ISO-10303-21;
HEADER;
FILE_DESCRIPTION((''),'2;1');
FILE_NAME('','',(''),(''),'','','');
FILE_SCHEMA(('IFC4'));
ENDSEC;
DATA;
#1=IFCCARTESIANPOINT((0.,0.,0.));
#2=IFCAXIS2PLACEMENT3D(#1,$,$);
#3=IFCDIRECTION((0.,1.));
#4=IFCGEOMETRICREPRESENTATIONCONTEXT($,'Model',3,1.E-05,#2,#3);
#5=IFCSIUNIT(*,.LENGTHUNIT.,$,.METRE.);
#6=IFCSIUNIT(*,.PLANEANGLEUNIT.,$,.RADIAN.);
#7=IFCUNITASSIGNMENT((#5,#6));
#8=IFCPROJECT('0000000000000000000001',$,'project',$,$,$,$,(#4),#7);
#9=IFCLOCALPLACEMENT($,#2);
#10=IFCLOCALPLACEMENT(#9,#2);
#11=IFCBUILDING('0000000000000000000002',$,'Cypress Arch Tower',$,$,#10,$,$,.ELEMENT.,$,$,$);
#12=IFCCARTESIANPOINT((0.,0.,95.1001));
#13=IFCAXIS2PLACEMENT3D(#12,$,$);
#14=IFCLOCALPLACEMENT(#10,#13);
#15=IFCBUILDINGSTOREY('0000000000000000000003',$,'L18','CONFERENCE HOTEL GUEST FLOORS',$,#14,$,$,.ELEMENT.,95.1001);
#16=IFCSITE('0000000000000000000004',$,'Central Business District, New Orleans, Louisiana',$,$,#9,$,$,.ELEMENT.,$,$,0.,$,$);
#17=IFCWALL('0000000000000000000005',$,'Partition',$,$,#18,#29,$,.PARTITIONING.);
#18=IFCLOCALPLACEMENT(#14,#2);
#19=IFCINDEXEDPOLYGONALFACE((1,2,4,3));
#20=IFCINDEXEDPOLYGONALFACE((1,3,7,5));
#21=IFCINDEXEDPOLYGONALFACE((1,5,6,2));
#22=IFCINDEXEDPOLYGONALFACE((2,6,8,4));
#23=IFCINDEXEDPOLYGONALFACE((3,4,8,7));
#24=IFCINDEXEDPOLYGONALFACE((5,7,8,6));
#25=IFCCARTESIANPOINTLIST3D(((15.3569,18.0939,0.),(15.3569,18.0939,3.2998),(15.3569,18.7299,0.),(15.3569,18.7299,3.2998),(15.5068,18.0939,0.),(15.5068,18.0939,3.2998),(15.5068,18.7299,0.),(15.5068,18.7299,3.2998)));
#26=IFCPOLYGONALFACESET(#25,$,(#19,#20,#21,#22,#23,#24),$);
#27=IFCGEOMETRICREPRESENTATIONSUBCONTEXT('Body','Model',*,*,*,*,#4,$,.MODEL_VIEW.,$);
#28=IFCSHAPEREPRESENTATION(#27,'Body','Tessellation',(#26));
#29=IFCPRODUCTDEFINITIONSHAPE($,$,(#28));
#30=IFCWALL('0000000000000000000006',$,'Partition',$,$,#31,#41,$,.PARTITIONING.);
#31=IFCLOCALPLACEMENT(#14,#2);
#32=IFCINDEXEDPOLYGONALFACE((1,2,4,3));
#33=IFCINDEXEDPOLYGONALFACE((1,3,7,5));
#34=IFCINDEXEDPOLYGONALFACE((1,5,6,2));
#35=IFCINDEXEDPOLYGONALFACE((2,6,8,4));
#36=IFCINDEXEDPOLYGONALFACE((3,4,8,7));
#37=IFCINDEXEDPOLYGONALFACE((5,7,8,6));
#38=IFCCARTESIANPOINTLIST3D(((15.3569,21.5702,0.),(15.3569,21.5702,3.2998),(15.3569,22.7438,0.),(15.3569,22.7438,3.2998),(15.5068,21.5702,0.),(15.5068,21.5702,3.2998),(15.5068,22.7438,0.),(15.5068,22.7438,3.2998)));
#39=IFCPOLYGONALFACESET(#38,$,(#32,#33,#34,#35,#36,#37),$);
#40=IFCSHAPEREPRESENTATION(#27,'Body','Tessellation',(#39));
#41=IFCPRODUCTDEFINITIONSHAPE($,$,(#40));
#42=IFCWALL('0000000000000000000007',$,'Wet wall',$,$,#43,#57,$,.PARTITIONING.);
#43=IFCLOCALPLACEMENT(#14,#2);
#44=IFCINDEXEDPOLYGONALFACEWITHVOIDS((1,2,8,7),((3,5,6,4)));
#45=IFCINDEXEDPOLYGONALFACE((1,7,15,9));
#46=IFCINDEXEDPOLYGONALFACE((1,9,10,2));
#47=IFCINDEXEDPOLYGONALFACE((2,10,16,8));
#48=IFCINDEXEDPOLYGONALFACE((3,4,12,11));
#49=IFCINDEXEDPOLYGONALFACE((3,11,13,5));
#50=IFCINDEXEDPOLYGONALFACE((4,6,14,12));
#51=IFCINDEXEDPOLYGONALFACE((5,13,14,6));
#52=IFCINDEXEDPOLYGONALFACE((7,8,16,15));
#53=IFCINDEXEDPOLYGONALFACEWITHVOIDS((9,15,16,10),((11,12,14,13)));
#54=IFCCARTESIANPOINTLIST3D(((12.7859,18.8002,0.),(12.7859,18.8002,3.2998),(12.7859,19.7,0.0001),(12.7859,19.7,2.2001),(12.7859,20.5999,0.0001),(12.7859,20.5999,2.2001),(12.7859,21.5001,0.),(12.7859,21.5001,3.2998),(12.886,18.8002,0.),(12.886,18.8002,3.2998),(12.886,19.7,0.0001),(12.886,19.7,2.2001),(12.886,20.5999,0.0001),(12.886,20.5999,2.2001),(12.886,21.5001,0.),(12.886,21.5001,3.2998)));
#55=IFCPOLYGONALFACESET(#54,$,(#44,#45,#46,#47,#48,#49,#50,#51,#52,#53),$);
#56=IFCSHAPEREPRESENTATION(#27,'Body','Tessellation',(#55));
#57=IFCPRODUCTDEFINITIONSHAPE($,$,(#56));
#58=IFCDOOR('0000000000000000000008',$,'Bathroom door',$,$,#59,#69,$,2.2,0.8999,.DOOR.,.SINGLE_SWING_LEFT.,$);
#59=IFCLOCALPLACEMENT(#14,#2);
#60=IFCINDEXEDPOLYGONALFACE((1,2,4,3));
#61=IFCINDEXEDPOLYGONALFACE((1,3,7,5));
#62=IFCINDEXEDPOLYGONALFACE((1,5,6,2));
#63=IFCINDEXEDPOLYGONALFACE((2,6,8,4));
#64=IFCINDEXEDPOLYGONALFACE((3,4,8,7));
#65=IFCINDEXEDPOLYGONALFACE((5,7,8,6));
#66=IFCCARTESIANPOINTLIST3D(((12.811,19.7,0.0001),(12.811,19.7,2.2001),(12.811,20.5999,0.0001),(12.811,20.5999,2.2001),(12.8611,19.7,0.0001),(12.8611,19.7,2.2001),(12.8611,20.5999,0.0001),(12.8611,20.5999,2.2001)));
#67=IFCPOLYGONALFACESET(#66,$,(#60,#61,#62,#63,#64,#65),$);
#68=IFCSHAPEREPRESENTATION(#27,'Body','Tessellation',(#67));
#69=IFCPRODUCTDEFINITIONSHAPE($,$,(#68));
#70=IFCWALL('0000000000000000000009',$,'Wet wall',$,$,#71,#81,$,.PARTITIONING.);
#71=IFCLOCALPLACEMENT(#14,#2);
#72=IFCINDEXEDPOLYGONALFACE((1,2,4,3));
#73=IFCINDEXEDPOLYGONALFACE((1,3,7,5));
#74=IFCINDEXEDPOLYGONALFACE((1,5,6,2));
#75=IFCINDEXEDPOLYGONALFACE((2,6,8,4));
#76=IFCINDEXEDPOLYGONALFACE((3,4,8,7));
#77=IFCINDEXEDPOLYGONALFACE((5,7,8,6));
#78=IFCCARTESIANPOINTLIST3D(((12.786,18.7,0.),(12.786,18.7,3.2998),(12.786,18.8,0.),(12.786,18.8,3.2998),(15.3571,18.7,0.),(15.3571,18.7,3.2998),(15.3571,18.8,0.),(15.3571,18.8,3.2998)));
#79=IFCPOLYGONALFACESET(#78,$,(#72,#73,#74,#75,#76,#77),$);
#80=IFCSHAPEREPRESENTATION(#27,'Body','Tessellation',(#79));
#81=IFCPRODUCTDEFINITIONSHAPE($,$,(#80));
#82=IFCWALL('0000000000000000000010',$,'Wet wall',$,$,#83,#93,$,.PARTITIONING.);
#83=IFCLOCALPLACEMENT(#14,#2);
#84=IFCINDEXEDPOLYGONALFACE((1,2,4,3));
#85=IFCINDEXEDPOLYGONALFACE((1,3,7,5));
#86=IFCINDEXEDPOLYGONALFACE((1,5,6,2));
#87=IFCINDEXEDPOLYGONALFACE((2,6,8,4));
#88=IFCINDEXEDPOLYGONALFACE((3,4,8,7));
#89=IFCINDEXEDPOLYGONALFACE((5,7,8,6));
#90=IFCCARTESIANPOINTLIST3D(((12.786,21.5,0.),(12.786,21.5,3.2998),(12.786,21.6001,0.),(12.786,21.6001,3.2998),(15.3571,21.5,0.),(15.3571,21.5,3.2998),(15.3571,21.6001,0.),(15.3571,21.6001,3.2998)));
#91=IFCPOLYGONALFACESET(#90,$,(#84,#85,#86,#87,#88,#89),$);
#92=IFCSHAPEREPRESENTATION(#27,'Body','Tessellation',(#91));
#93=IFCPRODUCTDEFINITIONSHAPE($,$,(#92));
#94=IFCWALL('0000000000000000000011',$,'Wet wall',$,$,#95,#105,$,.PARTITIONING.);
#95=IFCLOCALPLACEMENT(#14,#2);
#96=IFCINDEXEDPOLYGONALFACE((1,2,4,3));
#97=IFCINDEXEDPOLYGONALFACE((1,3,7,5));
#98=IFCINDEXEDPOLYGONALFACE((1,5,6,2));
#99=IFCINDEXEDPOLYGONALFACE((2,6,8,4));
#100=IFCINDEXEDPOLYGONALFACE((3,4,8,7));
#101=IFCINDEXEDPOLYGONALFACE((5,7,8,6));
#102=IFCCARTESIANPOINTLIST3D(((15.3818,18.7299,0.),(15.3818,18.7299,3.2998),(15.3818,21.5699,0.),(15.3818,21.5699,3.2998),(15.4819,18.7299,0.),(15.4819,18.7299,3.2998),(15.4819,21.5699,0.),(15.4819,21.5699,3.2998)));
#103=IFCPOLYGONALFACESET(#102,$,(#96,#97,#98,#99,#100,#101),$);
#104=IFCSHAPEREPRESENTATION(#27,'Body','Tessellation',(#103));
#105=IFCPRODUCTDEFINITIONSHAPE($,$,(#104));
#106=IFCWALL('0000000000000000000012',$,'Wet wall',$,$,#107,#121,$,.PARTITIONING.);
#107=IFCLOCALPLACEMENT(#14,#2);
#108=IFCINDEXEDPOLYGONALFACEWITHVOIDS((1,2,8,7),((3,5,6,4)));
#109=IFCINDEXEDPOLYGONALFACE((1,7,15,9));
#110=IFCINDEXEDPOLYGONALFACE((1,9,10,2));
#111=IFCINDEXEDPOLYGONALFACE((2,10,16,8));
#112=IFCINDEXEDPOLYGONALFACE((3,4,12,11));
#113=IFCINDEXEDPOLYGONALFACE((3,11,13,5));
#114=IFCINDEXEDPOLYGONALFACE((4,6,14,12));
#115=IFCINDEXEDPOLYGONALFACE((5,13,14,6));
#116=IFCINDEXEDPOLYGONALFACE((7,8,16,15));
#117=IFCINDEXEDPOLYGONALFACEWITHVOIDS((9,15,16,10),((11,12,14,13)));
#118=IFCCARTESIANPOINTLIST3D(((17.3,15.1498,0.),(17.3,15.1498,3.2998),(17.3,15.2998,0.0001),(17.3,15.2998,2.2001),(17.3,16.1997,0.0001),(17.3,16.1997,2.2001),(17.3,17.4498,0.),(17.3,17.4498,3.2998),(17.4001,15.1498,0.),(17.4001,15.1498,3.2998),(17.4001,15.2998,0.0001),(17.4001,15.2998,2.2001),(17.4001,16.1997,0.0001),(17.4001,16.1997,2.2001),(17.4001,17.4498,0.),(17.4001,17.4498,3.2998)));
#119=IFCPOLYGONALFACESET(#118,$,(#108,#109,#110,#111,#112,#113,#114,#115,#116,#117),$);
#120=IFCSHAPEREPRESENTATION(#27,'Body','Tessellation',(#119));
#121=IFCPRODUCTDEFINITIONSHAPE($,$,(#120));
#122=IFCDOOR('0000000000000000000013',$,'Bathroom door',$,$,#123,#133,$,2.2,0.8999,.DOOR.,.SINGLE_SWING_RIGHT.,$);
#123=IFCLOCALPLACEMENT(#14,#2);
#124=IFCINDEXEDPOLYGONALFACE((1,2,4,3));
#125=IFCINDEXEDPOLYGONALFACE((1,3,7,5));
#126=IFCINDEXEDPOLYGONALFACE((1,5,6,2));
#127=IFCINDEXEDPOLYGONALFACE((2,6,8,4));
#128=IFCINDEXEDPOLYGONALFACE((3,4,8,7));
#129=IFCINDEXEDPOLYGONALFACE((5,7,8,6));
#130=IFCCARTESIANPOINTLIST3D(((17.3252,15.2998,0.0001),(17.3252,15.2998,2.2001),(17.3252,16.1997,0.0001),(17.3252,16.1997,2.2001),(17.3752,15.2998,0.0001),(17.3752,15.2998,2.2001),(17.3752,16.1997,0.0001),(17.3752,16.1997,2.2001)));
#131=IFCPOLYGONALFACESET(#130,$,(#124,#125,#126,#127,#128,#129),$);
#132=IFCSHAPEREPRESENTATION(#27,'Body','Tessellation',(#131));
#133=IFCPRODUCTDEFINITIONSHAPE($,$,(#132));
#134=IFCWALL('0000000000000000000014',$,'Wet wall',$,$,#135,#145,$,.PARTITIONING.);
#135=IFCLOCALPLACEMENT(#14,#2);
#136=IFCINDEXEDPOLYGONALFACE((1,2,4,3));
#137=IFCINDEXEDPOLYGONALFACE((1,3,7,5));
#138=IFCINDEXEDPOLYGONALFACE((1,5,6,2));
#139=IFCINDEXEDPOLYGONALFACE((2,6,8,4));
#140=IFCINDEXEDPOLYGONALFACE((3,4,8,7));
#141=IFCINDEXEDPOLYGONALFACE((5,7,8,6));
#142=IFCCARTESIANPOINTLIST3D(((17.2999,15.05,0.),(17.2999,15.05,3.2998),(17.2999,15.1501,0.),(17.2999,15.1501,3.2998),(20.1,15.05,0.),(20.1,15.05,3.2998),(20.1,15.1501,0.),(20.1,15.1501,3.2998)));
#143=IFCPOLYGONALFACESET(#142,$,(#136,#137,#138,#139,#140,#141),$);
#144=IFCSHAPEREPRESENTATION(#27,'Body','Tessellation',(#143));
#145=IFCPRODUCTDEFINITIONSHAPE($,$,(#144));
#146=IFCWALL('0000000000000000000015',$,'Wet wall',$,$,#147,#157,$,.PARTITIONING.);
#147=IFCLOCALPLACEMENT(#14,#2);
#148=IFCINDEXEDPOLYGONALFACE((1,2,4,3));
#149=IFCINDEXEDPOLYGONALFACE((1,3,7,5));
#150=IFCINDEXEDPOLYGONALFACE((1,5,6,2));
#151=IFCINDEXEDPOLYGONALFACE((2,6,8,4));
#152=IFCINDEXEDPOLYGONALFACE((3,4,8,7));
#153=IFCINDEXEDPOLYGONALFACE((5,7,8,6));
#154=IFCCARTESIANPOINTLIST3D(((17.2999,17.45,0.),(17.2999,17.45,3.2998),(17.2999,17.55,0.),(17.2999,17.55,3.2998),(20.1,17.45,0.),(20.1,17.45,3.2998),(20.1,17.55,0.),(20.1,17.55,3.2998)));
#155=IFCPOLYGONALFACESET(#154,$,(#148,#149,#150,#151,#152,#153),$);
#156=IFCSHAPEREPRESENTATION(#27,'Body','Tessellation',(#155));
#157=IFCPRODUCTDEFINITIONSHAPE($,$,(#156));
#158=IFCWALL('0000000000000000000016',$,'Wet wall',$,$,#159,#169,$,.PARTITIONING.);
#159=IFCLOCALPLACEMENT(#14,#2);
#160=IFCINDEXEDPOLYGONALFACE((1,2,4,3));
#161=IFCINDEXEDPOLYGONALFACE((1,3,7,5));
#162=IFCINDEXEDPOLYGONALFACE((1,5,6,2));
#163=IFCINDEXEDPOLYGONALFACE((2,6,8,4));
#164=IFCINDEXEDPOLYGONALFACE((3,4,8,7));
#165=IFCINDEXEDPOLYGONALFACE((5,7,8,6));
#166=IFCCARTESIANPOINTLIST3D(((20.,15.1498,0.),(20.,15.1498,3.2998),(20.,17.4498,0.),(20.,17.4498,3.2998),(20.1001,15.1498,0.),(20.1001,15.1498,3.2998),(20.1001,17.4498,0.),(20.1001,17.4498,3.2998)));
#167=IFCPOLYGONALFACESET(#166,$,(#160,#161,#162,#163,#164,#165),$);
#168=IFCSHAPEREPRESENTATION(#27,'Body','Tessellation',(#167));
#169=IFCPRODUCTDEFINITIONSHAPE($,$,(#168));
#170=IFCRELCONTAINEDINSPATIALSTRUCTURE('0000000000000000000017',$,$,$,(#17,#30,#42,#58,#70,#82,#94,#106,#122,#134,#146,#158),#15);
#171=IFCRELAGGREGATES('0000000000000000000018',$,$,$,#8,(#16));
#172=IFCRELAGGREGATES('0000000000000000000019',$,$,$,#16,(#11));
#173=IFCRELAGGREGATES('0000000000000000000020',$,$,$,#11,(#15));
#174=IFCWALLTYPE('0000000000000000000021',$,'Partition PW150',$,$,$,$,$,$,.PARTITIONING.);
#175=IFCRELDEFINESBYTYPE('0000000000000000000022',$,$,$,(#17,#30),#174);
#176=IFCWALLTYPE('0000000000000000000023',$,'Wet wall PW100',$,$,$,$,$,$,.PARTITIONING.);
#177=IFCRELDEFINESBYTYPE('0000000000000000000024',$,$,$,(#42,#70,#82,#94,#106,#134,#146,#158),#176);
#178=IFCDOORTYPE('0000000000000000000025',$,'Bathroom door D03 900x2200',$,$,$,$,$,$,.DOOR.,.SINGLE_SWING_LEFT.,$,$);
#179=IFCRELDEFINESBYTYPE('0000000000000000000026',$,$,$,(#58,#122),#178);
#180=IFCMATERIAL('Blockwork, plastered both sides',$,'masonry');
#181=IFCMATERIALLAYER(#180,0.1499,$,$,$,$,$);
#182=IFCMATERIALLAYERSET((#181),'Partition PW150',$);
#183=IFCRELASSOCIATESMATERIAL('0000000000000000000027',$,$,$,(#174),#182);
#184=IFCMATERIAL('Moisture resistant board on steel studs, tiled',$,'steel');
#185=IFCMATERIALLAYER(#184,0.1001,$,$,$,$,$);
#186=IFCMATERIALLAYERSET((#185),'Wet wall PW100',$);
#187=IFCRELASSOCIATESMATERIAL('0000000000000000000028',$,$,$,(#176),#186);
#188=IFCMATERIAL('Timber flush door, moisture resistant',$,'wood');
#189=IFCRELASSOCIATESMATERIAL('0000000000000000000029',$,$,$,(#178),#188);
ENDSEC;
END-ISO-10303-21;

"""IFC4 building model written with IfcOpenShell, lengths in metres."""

from ifc_helpers import new_model, si_unit, direction, frame, frame_2d, origin, place, context, subcontext, project, spatial, rectangle, extrude, material, layer, layer_set, type_object, element, fill, save


model = new_model("IFC4")

# Units and contexts
model_context = context("Model", 3, precision=1e-05, world=origin(), true_north=direction((0.0, 1.0)))
body_context = subcontext(model_context, "Body", "Model", "MODEL_VIEW")
ifc_project = project(units=[si_unit("LENGTHUNIT", "METRE"), si_unit("PLANEANGLEUNIT", "RADIAN")], contexts=[model_context])

# Site, building, storey
site_placement = place(None, origin())
site = spatial("IfcSite", under=ifc_project, at=site_placement, Name="Central Business District, New Orleans, Louisiana", CompositionType="ELEMENT", RefElevation=0.0)
building_placement = place(site_placement, origin())
building = spatial("IfcBuilding", under=site, at=building_placement, Name="Cypress Arch Tower", CompositionType="ELEMENT")
storey_placement = place(building_placement, frame((0.0, 0.0, 95.1001)))
storey = spatial("IfcBuildingStorey", under=building, at=storey_placement, Name="L18", Description="CONFERENCE HOTEL GUEST FLOORS", CompositionType="ELEMENT", Elevation=95.1001)

# Walls
ifc_material_1 = material(Name="Blockwork, plastered both sides", Category="masonry")
ifc_layer_1 = layer(ifc_material_1, 0.1499)
ifc_layer_set_1 = layer_set([ifc_layer_1], Name="Partition PW150")
wall_type_1 = type_object("IfcWallType", Name="Partition PW150", PredefinedType="PARTITIONING", material=ifc_layer_set_1)
wall_1_placement = place(storey_placement, frame((15.4319, 18.094, 0.0), z_axis=(0.0, 0.0, 1.0), x_axis=(0.0, 1.0, 0.0)))
element("IfcWall", 1, at=wall_1_placement, inside=storey, type_object=wall_type_1, Name="Partition", PredefinedType="PARTITIONING", context=body_context, shape_type="SweptSolid", body=[
    extrude(rectangle(XDim=0.636, YDim=0.1499, at=frame_2d((0.3179, 0.0))), origin(), (0.0, 0.0, 1.0), 3.2998),
])
wall_2_placement = place(storey_placement, frame((15.4319, 21.5701, 0.0), z_axis=(0.0, 0.0, 1.0), x_axis=(0.0, 1.0, 0.0)))
element("IfcWall", 2, at=wall_2_placement, inside=storey, type_object=wall_type_1, Name="Partition", PredefinedType="PARTITIONING", context=body_context, shape_type="SweptSolid", body=[
    extrude(rectangle(XDim=1.1736, YDim=0.1499, at=frame_2d((0.5869, 0.0))), origin(), (0.0, 0.0, 1.0), 3.2998),
])

# Wall, opening, door
ifc_material_2 = material(Name="Moisture resistant board on steel studs, tiled", Category="steel")
ifc_layer_2 = layer(ifc_material_2, 0.1001)
ifc_layer_set_2 = layer_set([ifc_layer_2], Name="Wet wall PW100")
wall_type_2 = type_object("IfcWallType", Name="Wet wall PW100", PredefinedType="PARTITIONING", material=ifc_layer_set_2)
wall_3_placement = place(storey_placement, frame((12.8359, 18.8, 0.0), z_axis=(0.0, 0.0, 1.0), x_axis=(0.0, 1.0, 0.0)))
wall_3 = element("IfcWall", 3, at=wall_3_placement, inside=storey, type_object=wall_type_2, Name="Wet wall", PredefinedType="PARTITIONING", context=body_context, shape_type="SweptSolid", body=[
    extrude(rectangle(XDim=2.7, YDim=0.1001, at=frame_2d((1.3501, 0.0))), origin(), (0.0, 0.0, 1.0), 3.2998),
])
opening_1_placement = place(wall_3_placement, frame((0.8999, 0.0, 0.0)))
opening_1 = element("IfcOpeningElement", 4, at=opening_1_placement, cuts=wall_3, PredefinedType="OPENING", context=body_context, shape_type="SweptSolid", body=[
    extrude(rectangle(XDim=0.8999, YDim=2.2, at=frame_2d((0.45, 1.1001))), frame((0.0, 0.0601, 0.0), z_axis=(0.0, -1.0, 0.0), x_axis=(1.0, 0.0, 0.0)), (0.0, 0.0, 1.0), 0.1201),
])
ifc_material_3 = material(Name="Timber flush door, moisture resistant", Category="wood")
door_type_1 = type_object("IfcDoorType", Name="Bathroom door D03 900x2200", OperationType="SINGLE_SWING_LEFT", PredefinedType="DOOR", material=ifc_material_3)
door_1_placement = place(opening_1_placement, origin())
door_1 = element("IfcDoor", 5, at=door_1_placement, inside=storey, type_object=door_type_1, Name="Bathroom door", OperationType="SINGLE_SWING_LEFT", OverallHeight=2.2, OverallWidth=0.8999, PredefinedType="DOOR", context=body_context, shape_type="SweptSolid", body=[
    extrude(rectangle(XDim=0.8999, YDim=2.2, at=frame_2d((0.45, 1.1001))), frame((0.0, 0.0249, 0.0), z_axis=(0.0, -1.0, 0.0), x_axis=(1.0, 0.0, 0.0)), (0.0, 0.0, 1.0), 0.05),
])
fill(opening_1, door_1)

# Walls
for number, where, z_axis, x_axis, name in (
    (6, (12.7859, 18.75, 0.0), (0.0, 0.0, 1.0), (1.0, 0.0, 0.0), "Wet wall"),
    (7, (12.7859, 21.55, 0.0), (0.0, 0.0, 1.0), (1.0, 0.0, 0.0), "Wet wall"),
):
    element("IfcWall", number, at=place(storey_placement, frame(where, z_axis=z_axis, x_axis=x_axis)), inside=storey, type_object=wall_type_2, Name=name, PredefinedType="PARTITIONING", context=body_context, shape_type="SweptSolid", body=[
        extrude(rectangle(XDim=2.571, YDim=0.1001, at=frame_2d((1.2856, 0.0))), origin(), (0.0, 0.0, 1.0), 3.2998),
    ])
wall_4_placement = place(storey_placement, frame((15.4319, 18.73, 0.0), z_axis=(0.0, 0.0, 1.0), x_axis=(0.0, 1.0, 0.0)))
element("IfcWall", 8, at=wall_4_placement, inside=storey, type_object=wall_type_2, Name="Wet wall", PredefinedType="PARTITIONING", context=body_context, shape_type="SweptSolid", body=[
    extrude(rectangle(XDim=2.8401, YDim=0.1001, at=frame_2d((1.4199, 0.0))), origin(), (0.0, 0.0, 1.0), 3.2998),
])

# Wall, opening, door
wall_5_placement = place(storey_placement, frame((17.3501, 15.1499, 0.0), z_axis=(0.0, 0.0, 1.0), x_axis=(0.0, 1.0, 0.0)))
wall_5 = element("IfcWall", 9, at=wall_5_placement, inside=storey, type_object=wall_type_2, Name="Wet wall", PredefinedType="PARTITIONING", context=body_context, shape_type="SweptSolid", body=[
    extrude(rectangle(XDim=2.3, YDim=0.1001, at=frame_2d((1.1499, 0.0))), origin(), (0.0, 0.0, 1.0), 3.2998),
])
opening_2_placement = place(wall_5_placement, frame((0.1499, 0.0, 0.0)))
opening_2 = element("IfcOpeningElement", 10, at=opening_2_placement, cuts=wall_5, PredefinedType="OPENING", context=body_context, shape_type="SweptSolid", body=[
    extrude(rectangle(XDim=0.8999, YDim=2.2, at=frame_2d((0.45, 1.1001))), frame((0.0, 0.0601, 0.0), z_axis=(0.0, -1.0, 0.0), x_axis=(1.0, 0.0, 0.0)), (0.0, 0.0, 1.0), 0.1201),
])
door_2_placement = place(opening_2_placement, origin())
door_2 = element("IfcDoor", 11, at=door_2_placement, inside=storey, type_object=door_type_1, Name="Bathroom door", OperationType="SINGLE_SWING_RIGHT", OverallHeight=2.2, OverallWidth=0.8999, PredefinedType="DOOR", context=body_context, shape_type="SweptSolid", body=[
    extrude(rectangle(XDim=0.8999, YDim=2.2, at=frame_2d((0.45, 1.1001))), frame((0.0, 0.0249, 0.0), z_axis=(0.0, -1.0, 0.0), x_axis=(1.0, 0.0, 0.0)), (0.0, 0.0, 1.0), 0.05),
])
fill(opening_2, door_2)

# Walls
for number, where, z_axis, x_axis, name in (
    (12, (17.3, 15.1001, 0.0), (0.0, 0.0, 1.0), (1.0, 0.0, 0.0), "Wet wall"),
    (13, (17.3, 17.5, 0.0), (0.0, 0.0, 1.0), (1.0, 0.0, 0.0), "Wet wall"),
):
    element("IfcWall", number, at=place(storey_placement, frame(where, z_axis=z_axis, x_axis=x_axis)), inside=storey, type_object=wall_type_2, Name=name, PredefinedType="PARTITIONING", context=body_context, shape_type="SweptSolid", body=[
        extrude(rectangle(XDim=2.8, YDim=0.1001, at=frame_2d((1.3999, 0.0))), origin(), (0.0, 0.0, 1.0), 3.2998),
    ])
wall_6_placement = place(storey_placement, frame((20.05, 15.1499, 0.0), z_axis=(0.0, 0.0, 1.0), x_axis=(0.0, 1.0, 0.0)))
element("IfcWall", 14, at=wall_6_placement, inside=storey, type_object=wall_type_2, Name="Wet wall", PredefinedType="PARTITIONING", context=body_context, shape_type="SweptSolid", body=[
    extrude(rectangle(XDim=2.3, YDim=0.1001, at=frame_2d((1.1499, 0.0))), origin(), (0.0, 0.0, 1.0), 3.2998),
])

save(model, "model.ifc")
